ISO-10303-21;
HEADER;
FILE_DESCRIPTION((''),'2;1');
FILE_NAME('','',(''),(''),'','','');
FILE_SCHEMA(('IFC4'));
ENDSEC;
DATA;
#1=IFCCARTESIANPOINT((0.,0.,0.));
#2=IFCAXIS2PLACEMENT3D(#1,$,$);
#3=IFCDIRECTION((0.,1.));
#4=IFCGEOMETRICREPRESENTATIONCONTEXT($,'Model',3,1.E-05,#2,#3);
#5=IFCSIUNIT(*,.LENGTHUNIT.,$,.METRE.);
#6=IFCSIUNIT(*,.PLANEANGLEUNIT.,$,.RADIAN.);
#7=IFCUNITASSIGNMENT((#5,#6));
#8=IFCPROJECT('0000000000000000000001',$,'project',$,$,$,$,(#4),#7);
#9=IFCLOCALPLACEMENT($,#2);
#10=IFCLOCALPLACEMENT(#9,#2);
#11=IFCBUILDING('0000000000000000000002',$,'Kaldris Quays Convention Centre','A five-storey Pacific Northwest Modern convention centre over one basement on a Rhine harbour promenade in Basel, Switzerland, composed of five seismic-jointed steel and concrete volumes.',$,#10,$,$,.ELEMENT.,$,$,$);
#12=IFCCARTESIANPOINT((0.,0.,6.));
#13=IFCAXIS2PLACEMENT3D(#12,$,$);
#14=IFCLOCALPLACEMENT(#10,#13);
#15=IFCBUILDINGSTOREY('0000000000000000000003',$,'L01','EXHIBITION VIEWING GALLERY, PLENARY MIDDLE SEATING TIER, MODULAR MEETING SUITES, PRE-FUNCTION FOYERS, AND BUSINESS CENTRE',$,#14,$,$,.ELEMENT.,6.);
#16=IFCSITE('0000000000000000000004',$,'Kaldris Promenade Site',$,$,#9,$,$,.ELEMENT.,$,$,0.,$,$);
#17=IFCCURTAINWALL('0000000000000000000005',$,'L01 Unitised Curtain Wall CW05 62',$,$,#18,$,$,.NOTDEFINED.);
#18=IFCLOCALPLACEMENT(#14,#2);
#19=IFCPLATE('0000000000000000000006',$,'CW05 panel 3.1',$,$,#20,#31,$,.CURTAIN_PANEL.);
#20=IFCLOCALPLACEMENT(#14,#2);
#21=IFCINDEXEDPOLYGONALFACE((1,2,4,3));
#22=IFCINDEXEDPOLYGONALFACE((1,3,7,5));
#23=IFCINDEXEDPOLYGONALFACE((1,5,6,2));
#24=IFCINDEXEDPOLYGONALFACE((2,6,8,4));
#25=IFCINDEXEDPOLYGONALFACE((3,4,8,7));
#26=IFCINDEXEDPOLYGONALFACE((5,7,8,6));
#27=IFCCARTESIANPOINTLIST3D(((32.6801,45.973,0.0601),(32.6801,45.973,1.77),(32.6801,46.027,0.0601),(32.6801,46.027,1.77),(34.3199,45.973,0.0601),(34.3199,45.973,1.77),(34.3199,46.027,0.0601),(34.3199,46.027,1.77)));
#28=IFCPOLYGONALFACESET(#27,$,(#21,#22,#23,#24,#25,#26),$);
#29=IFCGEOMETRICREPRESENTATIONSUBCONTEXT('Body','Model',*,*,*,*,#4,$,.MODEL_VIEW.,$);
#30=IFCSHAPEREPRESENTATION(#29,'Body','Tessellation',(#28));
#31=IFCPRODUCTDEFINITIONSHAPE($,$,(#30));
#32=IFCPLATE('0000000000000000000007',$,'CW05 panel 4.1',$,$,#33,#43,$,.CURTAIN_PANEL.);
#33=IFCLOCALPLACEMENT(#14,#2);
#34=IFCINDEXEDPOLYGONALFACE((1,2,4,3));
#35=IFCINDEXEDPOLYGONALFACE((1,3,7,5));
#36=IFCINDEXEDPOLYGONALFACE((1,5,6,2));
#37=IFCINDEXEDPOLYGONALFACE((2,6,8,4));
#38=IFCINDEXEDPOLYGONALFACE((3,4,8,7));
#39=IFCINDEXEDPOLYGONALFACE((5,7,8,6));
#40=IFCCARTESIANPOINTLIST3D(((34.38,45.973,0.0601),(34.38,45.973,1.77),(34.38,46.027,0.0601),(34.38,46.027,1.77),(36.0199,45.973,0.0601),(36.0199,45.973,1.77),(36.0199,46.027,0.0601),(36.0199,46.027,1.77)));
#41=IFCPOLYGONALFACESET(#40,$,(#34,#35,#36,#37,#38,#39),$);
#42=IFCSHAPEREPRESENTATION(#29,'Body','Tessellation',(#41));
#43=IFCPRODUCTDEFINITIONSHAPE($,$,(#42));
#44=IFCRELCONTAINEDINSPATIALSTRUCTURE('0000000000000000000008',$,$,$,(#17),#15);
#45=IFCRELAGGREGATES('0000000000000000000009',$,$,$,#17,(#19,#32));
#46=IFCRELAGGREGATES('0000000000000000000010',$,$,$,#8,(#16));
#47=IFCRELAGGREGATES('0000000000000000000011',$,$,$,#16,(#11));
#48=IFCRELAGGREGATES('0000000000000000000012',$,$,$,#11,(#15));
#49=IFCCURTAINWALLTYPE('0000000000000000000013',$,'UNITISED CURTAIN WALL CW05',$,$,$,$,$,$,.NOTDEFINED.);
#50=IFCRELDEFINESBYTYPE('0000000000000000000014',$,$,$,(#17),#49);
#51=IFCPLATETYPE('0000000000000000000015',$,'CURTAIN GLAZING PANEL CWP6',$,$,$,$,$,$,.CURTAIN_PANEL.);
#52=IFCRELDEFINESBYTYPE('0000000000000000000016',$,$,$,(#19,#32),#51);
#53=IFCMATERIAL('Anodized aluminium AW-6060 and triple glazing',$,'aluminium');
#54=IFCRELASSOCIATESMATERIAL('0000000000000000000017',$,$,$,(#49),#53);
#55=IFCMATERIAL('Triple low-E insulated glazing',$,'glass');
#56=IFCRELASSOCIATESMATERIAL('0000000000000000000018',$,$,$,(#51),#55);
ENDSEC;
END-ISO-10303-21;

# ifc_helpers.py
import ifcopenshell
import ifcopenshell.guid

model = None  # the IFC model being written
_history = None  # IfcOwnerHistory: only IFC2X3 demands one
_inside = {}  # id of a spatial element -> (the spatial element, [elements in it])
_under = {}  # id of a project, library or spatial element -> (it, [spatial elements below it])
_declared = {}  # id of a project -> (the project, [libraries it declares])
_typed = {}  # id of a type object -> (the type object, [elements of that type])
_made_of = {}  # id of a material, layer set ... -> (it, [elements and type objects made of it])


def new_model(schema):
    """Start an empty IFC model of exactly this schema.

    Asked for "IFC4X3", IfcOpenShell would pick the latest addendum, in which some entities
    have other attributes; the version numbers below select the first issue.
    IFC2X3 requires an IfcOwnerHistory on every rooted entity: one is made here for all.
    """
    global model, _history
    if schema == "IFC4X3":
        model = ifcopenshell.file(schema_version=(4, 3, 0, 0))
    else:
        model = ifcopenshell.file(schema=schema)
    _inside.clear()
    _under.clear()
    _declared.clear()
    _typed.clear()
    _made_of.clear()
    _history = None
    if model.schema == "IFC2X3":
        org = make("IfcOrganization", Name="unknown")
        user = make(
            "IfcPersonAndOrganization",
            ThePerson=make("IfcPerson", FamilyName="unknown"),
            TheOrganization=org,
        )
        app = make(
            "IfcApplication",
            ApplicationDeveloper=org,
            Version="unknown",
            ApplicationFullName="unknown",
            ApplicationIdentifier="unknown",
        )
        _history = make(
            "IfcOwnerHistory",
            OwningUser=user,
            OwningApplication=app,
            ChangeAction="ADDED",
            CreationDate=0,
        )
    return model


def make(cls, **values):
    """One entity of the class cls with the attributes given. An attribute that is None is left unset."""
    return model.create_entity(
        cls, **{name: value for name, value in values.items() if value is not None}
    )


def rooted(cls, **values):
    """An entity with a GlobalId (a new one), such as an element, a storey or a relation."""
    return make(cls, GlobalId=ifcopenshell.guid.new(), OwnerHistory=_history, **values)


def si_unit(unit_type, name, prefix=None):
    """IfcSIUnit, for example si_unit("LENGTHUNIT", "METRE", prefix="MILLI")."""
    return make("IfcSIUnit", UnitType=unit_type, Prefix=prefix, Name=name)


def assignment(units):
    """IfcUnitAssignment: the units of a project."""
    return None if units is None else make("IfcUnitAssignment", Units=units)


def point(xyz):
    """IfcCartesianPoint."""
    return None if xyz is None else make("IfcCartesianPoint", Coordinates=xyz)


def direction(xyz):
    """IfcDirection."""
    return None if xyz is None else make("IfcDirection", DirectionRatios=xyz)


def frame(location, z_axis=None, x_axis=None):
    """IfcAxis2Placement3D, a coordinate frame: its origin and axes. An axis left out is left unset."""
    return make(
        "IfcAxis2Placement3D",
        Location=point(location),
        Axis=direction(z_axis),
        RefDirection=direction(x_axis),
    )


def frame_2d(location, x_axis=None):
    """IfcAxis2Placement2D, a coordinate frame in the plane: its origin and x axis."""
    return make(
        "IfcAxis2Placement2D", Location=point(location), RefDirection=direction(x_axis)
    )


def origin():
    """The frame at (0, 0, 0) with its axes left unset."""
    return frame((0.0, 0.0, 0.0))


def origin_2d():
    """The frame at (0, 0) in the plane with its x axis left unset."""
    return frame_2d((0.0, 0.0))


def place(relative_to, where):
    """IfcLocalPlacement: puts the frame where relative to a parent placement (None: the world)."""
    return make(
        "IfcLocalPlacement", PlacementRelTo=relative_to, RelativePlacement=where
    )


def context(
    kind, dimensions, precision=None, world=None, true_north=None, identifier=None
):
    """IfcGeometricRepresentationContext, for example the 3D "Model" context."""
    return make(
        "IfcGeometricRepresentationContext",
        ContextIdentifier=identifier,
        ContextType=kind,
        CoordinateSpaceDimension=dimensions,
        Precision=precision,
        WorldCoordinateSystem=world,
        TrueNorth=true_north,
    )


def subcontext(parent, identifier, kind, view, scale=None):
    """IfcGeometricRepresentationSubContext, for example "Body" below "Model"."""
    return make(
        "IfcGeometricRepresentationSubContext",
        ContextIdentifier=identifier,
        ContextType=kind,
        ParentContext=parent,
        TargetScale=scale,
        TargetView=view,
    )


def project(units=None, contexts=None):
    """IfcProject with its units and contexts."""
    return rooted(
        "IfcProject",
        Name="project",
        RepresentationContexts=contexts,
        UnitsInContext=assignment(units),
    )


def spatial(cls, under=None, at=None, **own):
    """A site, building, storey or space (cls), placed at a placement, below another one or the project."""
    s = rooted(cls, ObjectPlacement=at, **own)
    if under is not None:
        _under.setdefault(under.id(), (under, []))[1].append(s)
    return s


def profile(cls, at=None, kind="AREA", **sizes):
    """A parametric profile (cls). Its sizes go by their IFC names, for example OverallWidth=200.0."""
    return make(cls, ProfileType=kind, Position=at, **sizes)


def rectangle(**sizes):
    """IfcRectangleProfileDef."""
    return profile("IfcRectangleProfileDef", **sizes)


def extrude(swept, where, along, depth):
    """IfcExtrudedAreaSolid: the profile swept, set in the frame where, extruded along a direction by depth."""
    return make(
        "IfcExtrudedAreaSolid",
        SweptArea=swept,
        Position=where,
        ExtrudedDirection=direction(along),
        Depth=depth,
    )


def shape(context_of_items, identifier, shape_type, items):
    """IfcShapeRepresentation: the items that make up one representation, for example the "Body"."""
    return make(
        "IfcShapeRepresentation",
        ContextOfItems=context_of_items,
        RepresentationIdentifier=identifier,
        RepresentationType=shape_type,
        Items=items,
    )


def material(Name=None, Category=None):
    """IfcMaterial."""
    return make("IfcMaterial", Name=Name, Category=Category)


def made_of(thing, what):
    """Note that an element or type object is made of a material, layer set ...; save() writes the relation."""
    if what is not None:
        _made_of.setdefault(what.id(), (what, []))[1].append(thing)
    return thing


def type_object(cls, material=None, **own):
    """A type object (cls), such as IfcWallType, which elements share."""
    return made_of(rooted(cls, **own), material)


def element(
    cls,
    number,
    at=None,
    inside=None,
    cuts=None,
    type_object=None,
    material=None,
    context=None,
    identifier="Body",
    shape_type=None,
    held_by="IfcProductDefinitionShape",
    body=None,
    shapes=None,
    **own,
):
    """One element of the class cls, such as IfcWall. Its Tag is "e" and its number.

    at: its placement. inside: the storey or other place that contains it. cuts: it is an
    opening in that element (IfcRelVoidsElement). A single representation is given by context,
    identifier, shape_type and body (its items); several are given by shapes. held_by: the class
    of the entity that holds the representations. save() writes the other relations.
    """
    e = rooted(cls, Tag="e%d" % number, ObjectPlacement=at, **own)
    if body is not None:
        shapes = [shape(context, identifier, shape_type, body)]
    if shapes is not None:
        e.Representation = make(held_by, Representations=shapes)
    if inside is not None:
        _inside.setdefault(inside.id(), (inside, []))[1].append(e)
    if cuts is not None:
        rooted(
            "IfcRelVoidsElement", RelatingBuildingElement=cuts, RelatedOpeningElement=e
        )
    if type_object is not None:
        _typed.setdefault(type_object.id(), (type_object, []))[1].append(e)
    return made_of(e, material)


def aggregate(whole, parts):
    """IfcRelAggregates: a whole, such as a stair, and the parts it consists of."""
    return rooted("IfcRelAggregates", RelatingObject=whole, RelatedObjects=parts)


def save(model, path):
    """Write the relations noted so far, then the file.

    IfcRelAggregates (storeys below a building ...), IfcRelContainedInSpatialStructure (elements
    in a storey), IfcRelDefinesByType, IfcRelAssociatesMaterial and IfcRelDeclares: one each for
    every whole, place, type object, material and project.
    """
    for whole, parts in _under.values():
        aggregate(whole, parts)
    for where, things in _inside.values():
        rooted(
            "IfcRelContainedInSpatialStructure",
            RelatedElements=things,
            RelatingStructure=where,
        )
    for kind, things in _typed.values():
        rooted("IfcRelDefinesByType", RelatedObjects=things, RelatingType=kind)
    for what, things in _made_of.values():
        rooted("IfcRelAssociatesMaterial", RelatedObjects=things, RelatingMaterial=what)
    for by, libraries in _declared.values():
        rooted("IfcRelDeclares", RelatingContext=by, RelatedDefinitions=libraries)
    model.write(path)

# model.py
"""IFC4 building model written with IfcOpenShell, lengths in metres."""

from ifc_helpers import new_model, si_unit, direction, frame, origin, origin_2d, place, context, subcontext, project, spatial, rectangle, extrude, material, type_object, element, aggregate, save


model = new_model("IFC4")

# Units and contexts
model_context = context("Model", 3, precision=1e-05, world=origin(), true_north=direction((0.0, 1.0)))
body_context = subcontext(model_context, "Body", "Model", "MODEL_VIEW")
ifc_project = project(units=[si_unit("LENGTHUNIT", "METRE"), si_unit("PLANEANGLEUNIT", "RADIAN")], contexts=[model_context])

# Site, building, storey
site_placement = place(None, origin())
site = spatial("IfcSite", under=ifc_project, at=site_placement, Name="Kaldris Promenade Site", CompositionType="ELEMENT", RefElevation=0.0)
building_placement = place(site_placement, origin())
building = spatial("IfcBuilding", under=site, at=building_placement, Name="Kaldris Quays Convention Centre", Description="A five-storey Pacific Northwest Modern convention centre over one basement on a Rhine harbour promenade in Basel, Switzerland, composed of five seismic-jointed steel and concrete volumes.", CompositionType="ELEMENT")
storey_placement = place(building_placement, frame((0.0, 0.0, 6.0)))
storey = spatial("IfcBuildingStorey", under=building, at=storey_placement, Name="L01", Description="EXHIBITION VIEWING GALLERY, PLENARY MIDDLE SEATING TIER, MODULAR MEETING SUITES, PRE-FUNCTION FOYERS, AND BUSINESS CENTRE", CompositionType="ELEMENT", Elevation=6.0)

# Curtain wall
ifc_material_1 = material(Name="Anodized aluminium AW-6060 and triple glazing", Category="aluminium")
curtain_wall_type_1 = type_object("IfcCurtainWallType", Name="UNITISED CURTAIN WALL CW05", PredefinedType="NOTDEFINED", material=ifc_material_1)
curtain_wall_1_placement = place(storey_placement, origin())
curtain_wall_1 = element("IfcCurtainWall", 1, at=curtain_wall_1_placement, inside=storey, type_object=curtain_wall_type_1, Name="L01 Unitised Curtain Wall CW05 62", PredefinedType="NOTDEFINED")

# Plates
ifc_material_2 = material(Name="Triple low-E insulated glazing", Category="glass")
plate_type_1 = type_object("IfcPlateType", Name="CURTAIN GLAZING PANEL CWP6", PredefinedType="CURTAIN_PANEL", material=ifc_material_2)
plate_1_placement = place(storey_placement, frame((33.5, 46.0, 0.0601), z_axis=(0.0, 0.0, 1.0), x_axis=(1.0, 0.0, 0.0)))
plate_1 = element("IfcPlate", 2, at=plate_1_placement, type_object=plate_type_1, Name="CW05 panel 3.1", PredefinedType="CURTAIN_PANEL", context=body_context, shape_type="SweptSolid", body=[
    extrude(rectangle(XDim=1.6399, YDim=0.054, at=origin_2d()), origin(), (0.0, 0.0, 1.0), 1.71),
])
plate_2_placement = place(storey_placement, frame((35.2, 46.0, 0.0601), z_axis=(0.0, 0.0, 1.0), x_axis=(1.0, 0.0, 0.0)))
plate_2 = element("IfcPlate", 3, at=plate_2_placement, type_object=plate_type_1, Name="CW05 panel 4.1", PredefinedType="CURTAIN_PANEL", context=body_context, shape_type="SweptSolid", body=[
    extrude(rectangle(XDim=1.6399, YDim=0.054, at=origin_2d()), origin(), (0.0, 0.0, 1.0), 1.71),
])
aggregate(curtain_wall_1, [plate_1, plate_2])

save(model, "model.ifc")
